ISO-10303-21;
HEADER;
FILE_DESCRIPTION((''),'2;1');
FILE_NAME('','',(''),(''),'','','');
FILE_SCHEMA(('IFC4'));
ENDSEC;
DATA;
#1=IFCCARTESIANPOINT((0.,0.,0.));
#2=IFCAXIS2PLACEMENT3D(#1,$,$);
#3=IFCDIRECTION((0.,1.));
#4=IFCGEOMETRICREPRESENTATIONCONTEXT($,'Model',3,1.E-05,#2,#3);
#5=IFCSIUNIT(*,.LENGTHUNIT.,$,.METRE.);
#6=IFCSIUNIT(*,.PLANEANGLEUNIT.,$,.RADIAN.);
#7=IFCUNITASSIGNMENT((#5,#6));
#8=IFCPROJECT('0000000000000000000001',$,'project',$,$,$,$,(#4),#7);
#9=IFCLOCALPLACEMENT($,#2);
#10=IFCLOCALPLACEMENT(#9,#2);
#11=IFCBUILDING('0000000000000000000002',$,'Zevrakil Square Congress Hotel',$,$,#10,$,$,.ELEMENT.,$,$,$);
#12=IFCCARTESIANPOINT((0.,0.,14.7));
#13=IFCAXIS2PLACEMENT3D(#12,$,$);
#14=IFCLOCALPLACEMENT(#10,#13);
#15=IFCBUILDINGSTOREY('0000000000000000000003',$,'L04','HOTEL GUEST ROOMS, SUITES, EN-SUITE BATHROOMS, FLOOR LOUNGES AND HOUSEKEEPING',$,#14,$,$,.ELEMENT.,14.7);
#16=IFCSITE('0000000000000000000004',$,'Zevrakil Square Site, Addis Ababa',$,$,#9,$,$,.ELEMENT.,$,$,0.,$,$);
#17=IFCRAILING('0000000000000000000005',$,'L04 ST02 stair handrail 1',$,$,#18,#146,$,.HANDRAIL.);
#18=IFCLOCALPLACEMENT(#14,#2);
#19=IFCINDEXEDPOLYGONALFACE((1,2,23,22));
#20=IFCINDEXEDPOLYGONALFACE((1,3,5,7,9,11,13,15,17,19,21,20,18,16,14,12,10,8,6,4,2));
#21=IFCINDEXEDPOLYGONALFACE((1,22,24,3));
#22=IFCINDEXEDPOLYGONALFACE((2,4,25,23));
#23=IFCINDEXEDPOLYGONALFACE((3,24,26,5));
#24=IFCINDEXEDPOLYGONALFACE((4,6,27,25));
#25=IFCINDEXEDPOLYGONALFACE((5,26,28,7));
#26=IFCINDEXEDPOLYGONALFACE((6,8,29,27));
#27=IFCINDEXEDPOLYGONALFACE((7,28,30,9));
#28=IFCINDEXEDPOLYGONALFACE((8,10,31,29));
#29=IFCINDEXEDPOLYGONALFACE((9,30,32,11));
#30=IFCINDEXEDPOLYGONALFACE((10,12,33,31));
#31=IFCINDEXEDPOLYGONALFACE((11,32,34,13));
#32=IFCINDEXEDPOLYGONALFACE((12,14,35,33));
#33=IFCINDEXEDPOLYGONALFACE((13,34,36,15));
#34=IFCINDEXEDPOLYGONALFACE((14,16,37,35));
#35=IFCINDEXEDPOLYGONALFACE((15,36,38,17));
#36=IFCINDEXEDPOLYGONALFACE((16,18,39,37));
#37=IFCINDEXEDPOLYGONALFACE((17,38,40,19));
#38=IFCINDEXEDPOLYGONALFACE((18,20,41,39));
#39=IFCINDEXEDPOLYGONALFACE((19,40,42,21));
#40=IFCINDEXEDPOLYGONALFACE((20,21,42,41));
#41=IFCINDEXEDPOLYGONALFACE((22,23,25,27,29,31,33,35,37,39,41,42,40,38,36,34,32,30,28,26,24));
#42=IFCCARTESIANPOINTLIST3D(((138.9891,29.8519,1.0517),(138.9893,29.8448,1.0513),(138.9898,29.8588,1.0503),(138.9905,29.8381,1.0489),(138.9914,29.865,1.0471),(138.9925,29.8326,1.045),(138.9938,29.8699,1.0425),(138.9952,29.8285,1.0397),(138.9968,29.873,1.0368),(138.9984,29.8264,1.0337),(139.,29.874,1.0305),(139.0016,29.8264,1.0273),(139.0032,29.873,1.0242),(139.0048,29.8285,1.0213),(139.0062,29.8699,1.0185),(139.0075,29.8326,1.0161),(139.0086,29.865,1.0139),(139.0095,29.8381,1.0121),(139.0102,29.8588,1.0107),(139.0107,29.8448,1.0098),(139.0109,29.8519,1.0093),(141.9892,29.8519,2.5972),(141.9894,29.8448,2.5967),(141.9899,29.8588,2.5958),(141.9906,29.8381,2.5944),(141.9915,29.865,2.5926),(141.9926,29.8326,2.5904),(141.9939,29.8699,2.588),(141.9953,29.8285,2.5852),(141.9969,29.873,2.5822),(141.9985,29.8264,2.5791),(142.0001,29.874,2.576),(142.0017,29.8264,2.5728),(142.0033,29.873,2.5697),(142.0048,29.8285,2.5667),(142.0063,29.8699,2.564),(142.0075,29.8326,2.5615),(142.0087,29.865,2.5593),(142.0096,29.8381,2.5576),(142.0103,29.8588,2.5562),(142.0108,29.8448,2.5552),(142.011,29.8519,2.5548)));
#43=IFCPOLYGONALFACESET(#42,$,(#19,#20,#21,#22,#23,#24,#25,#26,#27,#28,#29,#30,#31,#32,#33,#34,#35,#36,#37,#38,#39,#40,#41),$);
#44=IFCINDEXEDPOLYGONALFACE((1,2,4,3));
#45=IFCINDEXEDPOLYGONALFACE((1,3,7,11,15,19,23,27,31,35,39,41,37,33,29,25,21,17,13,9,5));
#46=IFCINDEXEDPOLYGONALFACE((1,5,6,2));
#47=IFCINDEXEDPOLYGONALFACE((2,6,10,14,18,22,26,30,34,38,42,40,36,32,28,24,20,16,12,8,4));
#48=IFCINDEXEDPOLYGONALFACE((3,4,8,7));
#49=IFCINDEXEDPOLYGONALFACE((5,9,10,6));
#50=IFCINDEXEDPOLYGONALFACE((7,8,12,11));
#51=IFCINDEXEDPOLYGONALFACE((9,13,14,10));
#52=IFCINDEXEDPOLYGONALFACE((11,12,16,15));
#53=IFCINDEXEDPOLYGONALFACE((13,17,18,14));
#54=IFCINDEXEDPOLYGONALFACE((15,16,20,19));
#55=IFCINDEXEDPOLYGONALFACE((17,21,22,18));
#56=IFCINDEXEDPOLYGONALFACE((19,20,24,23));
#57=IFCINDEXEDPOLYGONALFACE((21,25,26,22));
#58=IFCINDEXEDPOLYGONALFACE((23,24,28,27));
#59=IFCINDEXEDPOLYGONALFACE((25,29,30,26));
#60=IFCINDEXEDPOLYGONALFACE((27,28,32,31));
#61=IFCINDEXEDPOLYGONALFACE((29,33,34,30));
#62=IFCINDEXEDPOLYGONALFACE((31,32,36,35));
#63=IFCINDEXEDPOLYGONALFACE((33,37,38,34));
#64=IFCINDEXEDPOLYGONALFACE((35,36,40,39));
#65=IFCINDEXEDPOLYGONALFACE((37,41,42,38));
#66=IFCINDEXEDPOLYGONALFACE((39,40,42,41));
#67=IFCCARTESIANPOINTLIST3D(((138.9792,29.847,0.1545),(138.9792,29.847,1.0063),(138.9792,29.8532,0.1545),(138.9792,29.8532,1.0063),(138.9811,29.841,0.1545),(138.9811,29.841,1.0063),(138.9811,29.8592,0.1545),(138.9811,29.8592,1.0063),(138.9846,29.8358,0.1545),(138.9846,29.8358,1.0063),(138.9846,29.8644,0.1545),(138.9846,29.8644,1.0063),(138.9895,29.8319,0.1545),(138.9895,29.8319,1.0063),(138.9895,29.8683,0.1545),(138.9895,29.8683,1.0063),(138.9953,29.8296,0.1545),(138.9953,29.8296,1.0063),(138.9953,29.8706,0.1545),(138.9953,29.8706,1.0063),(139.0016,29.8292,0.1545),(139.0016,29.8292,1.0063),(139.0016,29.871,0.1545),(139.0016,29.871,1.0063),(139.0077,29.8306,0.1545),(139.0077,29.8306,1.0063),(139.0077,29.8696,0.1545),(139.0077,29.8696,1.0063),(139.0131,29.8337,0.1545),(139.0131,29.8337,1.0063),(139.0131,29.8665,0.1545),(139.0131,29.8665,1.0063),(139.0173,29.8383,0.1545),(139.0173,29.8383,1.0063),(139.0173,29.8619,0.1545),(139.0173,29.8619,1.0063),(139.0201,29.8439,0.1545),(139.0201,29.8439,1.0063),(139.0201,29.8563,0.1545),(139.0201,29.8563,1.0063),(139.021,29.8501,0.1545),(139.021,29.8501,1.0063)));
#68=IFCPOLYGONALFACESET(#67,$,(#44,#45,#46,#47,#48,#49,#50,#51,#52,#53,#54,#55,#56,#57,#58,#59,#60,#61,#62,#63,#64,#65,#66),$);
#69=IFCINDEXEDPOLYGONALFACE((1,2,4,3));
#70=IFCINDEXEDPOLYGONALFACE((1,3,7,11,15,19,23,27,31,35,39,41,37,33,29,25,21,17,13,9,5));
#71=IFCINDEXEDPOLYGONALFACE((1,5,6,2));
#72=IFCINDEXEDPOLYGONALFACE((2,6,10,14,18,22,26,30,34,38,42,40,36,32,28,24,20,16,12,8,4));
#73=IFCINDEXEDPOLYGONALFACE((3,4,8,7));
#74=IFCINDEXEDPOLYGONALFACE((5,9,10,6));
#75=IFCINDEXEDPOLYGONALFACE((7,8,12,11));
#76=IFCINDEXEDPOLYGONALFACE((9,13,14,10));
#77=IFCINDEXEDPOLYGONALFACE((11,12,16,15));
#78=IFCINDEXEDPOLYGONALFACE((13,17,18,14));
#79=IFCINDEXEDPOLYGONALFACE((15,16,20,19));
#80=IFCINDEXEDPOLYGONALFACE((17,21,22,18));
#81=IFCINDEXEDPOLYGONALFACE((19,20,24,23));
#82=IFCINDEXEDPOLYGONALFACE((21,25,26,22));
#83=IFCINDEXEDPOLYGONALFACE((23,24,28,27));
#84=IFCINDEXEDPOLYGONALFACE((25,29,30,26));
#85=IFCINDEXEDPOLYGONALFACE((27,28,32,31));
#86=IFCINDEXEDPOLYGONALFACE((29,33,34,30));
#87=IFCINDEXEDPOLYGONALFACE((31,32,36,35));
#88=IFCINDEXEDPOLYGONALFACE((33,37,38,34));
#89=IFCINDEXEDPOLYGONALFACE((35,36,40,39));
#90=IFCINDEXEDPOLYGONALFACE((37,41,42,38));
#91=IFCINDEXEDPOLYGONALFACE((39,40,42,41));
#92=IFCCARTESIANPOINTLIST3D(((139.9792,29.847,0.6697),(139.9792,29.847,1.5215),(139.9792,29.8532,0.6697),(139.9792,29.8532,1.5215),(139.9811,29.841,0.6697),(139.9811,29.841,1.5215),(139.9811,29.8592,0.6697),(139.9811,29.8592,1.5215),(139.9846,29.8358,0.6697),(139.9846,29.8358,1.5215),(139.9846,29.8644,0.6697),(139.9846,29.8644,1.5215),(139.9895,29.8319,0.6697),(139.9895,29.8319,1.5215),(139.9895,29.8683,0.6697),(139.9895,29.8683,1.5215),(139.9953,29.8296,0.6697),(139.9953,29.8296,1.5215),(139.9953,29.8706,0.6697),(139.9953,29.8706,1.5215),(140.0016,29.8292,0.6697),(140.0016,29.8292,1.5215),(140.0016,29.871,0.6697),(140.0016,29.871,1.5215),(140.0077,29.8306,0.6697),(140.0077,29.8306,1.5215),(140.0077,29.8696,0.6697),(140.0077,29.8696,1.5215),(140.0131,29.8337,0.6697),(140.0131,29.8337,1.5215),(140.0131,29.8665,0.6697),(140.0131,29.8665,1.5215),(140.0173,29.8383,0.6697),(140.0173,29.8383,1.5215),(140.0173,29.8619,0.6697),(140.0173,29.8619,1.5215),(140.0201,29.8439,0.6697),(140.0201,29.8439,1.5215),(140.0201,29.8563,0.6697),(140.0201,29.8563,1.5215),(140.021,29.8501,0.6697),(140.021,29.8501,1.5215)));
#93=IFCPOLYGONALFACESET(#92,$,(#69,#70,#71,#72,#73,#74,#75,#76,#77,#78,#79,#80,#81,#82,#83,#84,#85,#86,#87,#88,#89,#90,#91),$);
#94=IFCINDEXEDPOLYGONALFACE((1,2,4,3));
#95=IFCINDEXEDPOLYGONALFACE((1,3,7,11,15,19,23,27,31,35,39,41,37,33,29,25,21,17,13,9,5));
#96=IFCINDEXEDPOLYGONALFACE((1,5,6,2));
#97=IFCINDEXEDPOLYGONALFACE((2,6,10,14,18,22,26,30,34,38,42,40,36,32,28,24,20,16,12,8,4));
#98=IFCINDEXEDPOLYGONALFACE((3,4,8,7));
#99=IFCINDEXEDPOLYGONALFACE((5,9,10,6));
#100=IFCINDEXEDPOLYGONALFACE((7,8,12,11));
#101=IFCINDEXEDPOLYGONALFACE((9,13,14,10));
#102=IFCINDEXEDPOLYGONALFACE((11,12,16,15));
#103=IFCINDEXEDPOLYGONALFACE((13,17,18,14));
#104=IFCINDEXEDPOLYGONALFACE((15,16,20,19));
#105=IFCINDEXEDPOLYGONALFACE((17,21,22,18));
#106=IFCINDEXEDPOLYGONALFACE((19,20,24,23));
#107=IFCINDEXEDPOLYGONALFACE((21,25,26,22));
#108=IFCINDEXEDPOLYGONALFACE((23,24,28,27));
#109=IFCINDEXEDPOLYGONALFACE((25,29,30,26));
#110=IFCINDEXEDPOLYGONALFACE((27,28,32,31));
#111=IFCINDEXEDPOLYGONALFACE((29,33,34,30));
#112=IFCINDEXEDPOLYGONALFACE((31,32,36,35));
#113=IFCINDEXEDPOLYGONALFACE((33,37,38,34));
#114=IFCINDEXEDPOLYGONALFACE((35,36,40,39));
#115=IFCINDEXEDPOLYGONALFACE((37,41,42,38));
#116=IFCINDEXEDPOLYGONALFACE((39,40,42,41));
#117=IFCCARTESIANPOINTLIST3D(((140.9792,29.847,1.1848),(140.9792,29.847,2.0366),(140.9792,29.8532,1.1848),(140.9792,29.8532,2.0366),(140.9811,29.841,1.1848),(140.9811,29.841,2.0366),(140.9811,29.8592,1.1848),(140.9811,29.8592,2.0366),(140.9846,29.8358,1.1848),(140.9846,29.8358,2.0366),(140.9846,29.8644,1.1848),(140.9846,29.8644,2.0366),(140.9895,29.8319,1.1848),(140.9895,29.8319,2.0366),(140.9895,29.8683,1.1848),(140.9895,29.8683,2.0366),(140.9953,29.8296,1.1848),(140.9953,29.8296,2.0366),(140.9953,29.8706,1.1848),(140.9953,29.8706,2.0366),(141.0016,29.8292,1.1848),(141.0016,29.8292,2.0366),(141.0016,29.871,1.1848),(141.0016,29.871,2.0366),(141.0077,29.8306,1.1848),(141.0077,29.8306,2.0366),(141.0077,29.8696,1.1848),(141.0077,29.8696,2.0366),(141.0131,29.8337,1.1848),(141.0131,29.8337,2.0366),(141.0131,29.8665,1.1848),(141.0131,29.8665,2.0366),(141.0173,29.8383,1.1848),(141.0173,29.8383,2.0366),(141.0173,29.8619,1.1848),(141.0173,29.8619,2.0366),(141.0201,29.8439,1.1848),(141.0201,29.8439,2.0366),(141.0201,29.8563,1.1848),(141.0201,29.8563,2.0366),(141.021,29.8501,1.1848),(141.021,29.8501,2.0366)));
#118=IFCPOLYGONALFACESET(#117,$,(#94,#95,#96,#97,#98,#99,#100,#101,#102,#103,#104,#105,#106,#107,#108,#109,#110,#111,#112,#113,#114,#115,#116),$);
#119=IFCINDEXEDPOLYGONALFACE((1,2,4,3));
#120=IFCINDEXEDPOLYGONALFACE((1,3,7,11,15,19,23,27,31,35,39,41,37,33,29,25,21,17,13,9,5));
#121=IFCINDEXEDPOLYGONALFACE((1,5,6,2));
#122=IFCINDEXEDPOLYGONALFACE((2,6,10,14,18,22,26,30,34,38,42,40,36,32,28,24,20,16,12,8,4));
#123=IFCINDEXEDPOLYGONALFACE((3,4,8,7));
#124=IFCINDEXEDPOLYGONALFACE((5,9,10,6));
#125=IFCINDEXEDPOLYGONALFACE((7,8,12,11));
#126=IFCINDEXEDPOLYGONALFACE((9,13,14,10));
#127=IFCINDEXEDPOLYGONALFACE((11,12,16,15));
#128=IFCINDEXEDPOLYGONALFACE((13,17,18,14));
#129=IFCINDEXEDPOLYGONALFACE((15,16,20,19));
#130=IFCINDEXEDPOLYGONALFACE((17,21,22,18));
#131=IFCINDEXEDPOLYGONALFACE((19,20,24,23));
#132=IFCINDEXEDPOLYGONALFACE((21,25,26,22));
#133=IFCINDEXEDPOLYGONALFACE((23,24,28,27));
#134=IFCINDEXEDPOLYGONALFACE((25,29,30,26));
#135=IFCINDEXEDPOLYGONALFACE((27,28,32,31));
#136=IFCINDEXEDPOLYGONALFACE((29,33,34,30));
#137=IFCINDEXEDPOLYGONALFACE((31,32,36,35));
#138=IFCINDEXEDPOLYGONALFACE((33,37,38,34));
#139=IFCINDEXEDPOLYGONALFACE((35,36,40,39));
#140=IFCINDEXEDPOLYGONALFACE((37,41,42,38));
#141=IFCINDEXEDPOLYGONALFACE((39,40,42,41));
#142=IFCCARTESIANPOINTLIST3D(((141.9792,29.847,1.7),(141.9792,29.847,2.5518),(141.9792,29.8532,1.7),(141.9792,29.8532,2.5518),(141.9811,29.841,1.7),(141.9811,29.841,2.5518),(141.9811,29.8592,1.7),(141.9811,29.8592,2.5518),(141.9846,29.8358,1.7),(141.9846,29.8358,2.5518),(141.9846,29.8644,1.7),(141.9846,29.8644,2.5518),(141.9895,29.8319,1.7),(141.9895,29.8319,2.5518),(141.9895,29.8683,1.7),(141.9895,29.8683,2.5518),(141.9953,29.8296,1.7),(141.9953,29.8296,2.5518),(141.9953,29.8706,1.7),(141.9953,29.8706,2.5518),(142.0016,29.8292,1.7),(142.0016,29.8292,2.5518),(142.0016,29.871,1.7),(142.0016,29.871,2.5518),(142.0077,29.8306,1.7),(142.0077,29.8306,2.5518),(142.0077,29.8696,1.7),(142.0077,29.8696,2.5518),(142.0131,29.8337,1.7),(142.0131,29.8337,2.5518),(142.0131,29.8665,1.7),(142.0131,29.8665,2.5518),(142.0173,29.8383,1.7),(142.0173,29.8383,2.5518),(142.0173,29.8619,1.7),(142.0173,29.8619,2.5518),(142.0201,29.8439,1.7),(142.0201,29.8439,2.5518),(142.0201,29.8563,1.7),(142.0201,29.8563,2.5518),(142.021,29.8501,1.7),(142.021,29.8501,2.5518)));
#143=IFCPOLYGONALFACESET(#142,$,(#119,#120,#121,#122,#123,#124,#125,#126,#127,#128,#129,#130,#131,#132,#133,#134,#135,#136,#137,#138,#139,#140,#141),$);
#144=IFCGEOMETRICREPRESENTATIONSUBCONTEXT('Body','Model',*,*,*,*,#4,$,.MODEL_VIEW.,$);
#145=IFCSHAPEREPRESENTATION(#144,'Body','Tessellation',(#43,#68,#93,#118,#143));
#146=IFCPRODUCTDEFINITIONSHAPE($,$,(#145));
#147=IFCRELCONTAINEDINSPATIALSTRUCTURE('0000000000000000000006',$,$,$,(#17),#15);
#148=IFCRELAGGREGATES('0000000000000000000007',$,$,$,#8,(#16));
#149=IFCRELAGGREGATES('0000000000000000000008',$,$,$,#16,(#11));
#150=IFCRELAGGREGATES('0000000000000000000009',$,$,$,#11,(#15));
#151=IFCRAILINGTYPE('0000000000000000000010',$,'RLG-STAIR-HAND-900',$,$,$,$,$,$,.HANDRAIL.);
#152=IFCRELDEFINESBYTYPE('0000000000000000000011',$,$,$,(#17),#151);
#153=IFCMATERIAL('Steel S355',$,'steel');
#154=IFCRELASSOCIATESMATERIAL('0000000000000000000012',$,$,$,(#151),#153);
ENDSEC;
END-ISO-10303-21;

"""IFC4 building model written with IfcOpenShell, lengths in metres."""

from ifc_helpers import new_model, si_unit, direction, frame, origin, origin_2d, place, context, subcontext, project, spatial, circle, extrude, material, type_object, element, save


model = new_model("IFC4")

# Units and contexts
model_context = context("Model", 3, precision=1e-05, world=origin(), true_north=direction((0.0, 1.0)))
body_context = subcontext(model_context, "Body", "Model", "MODEL_VIEW")
ifc_project = project(units=[si_unit("LENGTHUNIT", "METRE"), si_unit("PLANEANGLEUNIT", "RADIAN")], contexts=[model_context])

# Site, building, storey
site_placement = place(None, origin())
site = spatial("IfcSite", under=ifc_project, at=site_placement, Name="Zevrakil Square Site, Addis Ababa", CompositionType="ELEMENT", RefElevation=0.0)
building_placement = place(site_placement, origin())
building = spatial("IfcBuilding", under=site, at=building_placement, Name="Zevrakil Square Congress Hotel", CompositionType="ELEMENT")
storey_placement = place(building_placement, frame((0.0, 0.0, 14.7)))
storey = spatial("IfcBuildingStorey", under=building, at=storey_placement, Name="L04", Description="HOTEL GUEST ROOMS, SUITES, EN-SUITE BATHROOMS, FLOOR LOUNGES AND HOUSEKEEPING", CompositionType="ELEMENT", Elevation=14.7)

# Railing
ifc_material_1 = material(Name="Steel S355", Category="steel")
railing_type_1 = type_object("IfcRailingType", Name="RLG-STAIR-HAND-900", PredefinedType="HANDRAIL", material=ifc_material_1)
railing_1_placement = place(storey_placement, frame((139.0, 29.8501, 0.1545)))
element("IfcRailing", 1, at=railing_1_placement, inside=storey, type_object=railing_type_1, Name="L04 ST02 stair handrail 1", PredefinedType="HANDRAIL", context=body_context, shape_type="SweptSolid", body=[
    extrude(circle(Radius=0.0239, at=origin_2d()), frame((0.0, 0.0, 0.876), z_axis=(0.88898, 0.0, 0.457946), x_axis=(0.0, 1.0, 0.0)), (0.0, 0.0, 1.0), 3.3748),
    extrude(circle(Radius=0.021, at=origin_2d()), origin(), (0.0, 0.0, 1.0), 0.8518),
    extrude(circle(Radius=0.021, at=origin_2d()), frame((1.0, 0.0, 0.5151)), (0.0, 0.0, 1.0), 0.8518),
    extrude(circle(Radius=0.021, at=origin_2d()), frame((2.0, 0.0, 1.0303)), (0.0, 0.0, 1.0), 0.8518),
    extrude(circle(Radius=0.021, at=origin_2d()), frame((3.0, 0.0, 1.5454)), (0.0, 0.0, 1.0), 0.8518),
])

save(model, "model.ifc")
